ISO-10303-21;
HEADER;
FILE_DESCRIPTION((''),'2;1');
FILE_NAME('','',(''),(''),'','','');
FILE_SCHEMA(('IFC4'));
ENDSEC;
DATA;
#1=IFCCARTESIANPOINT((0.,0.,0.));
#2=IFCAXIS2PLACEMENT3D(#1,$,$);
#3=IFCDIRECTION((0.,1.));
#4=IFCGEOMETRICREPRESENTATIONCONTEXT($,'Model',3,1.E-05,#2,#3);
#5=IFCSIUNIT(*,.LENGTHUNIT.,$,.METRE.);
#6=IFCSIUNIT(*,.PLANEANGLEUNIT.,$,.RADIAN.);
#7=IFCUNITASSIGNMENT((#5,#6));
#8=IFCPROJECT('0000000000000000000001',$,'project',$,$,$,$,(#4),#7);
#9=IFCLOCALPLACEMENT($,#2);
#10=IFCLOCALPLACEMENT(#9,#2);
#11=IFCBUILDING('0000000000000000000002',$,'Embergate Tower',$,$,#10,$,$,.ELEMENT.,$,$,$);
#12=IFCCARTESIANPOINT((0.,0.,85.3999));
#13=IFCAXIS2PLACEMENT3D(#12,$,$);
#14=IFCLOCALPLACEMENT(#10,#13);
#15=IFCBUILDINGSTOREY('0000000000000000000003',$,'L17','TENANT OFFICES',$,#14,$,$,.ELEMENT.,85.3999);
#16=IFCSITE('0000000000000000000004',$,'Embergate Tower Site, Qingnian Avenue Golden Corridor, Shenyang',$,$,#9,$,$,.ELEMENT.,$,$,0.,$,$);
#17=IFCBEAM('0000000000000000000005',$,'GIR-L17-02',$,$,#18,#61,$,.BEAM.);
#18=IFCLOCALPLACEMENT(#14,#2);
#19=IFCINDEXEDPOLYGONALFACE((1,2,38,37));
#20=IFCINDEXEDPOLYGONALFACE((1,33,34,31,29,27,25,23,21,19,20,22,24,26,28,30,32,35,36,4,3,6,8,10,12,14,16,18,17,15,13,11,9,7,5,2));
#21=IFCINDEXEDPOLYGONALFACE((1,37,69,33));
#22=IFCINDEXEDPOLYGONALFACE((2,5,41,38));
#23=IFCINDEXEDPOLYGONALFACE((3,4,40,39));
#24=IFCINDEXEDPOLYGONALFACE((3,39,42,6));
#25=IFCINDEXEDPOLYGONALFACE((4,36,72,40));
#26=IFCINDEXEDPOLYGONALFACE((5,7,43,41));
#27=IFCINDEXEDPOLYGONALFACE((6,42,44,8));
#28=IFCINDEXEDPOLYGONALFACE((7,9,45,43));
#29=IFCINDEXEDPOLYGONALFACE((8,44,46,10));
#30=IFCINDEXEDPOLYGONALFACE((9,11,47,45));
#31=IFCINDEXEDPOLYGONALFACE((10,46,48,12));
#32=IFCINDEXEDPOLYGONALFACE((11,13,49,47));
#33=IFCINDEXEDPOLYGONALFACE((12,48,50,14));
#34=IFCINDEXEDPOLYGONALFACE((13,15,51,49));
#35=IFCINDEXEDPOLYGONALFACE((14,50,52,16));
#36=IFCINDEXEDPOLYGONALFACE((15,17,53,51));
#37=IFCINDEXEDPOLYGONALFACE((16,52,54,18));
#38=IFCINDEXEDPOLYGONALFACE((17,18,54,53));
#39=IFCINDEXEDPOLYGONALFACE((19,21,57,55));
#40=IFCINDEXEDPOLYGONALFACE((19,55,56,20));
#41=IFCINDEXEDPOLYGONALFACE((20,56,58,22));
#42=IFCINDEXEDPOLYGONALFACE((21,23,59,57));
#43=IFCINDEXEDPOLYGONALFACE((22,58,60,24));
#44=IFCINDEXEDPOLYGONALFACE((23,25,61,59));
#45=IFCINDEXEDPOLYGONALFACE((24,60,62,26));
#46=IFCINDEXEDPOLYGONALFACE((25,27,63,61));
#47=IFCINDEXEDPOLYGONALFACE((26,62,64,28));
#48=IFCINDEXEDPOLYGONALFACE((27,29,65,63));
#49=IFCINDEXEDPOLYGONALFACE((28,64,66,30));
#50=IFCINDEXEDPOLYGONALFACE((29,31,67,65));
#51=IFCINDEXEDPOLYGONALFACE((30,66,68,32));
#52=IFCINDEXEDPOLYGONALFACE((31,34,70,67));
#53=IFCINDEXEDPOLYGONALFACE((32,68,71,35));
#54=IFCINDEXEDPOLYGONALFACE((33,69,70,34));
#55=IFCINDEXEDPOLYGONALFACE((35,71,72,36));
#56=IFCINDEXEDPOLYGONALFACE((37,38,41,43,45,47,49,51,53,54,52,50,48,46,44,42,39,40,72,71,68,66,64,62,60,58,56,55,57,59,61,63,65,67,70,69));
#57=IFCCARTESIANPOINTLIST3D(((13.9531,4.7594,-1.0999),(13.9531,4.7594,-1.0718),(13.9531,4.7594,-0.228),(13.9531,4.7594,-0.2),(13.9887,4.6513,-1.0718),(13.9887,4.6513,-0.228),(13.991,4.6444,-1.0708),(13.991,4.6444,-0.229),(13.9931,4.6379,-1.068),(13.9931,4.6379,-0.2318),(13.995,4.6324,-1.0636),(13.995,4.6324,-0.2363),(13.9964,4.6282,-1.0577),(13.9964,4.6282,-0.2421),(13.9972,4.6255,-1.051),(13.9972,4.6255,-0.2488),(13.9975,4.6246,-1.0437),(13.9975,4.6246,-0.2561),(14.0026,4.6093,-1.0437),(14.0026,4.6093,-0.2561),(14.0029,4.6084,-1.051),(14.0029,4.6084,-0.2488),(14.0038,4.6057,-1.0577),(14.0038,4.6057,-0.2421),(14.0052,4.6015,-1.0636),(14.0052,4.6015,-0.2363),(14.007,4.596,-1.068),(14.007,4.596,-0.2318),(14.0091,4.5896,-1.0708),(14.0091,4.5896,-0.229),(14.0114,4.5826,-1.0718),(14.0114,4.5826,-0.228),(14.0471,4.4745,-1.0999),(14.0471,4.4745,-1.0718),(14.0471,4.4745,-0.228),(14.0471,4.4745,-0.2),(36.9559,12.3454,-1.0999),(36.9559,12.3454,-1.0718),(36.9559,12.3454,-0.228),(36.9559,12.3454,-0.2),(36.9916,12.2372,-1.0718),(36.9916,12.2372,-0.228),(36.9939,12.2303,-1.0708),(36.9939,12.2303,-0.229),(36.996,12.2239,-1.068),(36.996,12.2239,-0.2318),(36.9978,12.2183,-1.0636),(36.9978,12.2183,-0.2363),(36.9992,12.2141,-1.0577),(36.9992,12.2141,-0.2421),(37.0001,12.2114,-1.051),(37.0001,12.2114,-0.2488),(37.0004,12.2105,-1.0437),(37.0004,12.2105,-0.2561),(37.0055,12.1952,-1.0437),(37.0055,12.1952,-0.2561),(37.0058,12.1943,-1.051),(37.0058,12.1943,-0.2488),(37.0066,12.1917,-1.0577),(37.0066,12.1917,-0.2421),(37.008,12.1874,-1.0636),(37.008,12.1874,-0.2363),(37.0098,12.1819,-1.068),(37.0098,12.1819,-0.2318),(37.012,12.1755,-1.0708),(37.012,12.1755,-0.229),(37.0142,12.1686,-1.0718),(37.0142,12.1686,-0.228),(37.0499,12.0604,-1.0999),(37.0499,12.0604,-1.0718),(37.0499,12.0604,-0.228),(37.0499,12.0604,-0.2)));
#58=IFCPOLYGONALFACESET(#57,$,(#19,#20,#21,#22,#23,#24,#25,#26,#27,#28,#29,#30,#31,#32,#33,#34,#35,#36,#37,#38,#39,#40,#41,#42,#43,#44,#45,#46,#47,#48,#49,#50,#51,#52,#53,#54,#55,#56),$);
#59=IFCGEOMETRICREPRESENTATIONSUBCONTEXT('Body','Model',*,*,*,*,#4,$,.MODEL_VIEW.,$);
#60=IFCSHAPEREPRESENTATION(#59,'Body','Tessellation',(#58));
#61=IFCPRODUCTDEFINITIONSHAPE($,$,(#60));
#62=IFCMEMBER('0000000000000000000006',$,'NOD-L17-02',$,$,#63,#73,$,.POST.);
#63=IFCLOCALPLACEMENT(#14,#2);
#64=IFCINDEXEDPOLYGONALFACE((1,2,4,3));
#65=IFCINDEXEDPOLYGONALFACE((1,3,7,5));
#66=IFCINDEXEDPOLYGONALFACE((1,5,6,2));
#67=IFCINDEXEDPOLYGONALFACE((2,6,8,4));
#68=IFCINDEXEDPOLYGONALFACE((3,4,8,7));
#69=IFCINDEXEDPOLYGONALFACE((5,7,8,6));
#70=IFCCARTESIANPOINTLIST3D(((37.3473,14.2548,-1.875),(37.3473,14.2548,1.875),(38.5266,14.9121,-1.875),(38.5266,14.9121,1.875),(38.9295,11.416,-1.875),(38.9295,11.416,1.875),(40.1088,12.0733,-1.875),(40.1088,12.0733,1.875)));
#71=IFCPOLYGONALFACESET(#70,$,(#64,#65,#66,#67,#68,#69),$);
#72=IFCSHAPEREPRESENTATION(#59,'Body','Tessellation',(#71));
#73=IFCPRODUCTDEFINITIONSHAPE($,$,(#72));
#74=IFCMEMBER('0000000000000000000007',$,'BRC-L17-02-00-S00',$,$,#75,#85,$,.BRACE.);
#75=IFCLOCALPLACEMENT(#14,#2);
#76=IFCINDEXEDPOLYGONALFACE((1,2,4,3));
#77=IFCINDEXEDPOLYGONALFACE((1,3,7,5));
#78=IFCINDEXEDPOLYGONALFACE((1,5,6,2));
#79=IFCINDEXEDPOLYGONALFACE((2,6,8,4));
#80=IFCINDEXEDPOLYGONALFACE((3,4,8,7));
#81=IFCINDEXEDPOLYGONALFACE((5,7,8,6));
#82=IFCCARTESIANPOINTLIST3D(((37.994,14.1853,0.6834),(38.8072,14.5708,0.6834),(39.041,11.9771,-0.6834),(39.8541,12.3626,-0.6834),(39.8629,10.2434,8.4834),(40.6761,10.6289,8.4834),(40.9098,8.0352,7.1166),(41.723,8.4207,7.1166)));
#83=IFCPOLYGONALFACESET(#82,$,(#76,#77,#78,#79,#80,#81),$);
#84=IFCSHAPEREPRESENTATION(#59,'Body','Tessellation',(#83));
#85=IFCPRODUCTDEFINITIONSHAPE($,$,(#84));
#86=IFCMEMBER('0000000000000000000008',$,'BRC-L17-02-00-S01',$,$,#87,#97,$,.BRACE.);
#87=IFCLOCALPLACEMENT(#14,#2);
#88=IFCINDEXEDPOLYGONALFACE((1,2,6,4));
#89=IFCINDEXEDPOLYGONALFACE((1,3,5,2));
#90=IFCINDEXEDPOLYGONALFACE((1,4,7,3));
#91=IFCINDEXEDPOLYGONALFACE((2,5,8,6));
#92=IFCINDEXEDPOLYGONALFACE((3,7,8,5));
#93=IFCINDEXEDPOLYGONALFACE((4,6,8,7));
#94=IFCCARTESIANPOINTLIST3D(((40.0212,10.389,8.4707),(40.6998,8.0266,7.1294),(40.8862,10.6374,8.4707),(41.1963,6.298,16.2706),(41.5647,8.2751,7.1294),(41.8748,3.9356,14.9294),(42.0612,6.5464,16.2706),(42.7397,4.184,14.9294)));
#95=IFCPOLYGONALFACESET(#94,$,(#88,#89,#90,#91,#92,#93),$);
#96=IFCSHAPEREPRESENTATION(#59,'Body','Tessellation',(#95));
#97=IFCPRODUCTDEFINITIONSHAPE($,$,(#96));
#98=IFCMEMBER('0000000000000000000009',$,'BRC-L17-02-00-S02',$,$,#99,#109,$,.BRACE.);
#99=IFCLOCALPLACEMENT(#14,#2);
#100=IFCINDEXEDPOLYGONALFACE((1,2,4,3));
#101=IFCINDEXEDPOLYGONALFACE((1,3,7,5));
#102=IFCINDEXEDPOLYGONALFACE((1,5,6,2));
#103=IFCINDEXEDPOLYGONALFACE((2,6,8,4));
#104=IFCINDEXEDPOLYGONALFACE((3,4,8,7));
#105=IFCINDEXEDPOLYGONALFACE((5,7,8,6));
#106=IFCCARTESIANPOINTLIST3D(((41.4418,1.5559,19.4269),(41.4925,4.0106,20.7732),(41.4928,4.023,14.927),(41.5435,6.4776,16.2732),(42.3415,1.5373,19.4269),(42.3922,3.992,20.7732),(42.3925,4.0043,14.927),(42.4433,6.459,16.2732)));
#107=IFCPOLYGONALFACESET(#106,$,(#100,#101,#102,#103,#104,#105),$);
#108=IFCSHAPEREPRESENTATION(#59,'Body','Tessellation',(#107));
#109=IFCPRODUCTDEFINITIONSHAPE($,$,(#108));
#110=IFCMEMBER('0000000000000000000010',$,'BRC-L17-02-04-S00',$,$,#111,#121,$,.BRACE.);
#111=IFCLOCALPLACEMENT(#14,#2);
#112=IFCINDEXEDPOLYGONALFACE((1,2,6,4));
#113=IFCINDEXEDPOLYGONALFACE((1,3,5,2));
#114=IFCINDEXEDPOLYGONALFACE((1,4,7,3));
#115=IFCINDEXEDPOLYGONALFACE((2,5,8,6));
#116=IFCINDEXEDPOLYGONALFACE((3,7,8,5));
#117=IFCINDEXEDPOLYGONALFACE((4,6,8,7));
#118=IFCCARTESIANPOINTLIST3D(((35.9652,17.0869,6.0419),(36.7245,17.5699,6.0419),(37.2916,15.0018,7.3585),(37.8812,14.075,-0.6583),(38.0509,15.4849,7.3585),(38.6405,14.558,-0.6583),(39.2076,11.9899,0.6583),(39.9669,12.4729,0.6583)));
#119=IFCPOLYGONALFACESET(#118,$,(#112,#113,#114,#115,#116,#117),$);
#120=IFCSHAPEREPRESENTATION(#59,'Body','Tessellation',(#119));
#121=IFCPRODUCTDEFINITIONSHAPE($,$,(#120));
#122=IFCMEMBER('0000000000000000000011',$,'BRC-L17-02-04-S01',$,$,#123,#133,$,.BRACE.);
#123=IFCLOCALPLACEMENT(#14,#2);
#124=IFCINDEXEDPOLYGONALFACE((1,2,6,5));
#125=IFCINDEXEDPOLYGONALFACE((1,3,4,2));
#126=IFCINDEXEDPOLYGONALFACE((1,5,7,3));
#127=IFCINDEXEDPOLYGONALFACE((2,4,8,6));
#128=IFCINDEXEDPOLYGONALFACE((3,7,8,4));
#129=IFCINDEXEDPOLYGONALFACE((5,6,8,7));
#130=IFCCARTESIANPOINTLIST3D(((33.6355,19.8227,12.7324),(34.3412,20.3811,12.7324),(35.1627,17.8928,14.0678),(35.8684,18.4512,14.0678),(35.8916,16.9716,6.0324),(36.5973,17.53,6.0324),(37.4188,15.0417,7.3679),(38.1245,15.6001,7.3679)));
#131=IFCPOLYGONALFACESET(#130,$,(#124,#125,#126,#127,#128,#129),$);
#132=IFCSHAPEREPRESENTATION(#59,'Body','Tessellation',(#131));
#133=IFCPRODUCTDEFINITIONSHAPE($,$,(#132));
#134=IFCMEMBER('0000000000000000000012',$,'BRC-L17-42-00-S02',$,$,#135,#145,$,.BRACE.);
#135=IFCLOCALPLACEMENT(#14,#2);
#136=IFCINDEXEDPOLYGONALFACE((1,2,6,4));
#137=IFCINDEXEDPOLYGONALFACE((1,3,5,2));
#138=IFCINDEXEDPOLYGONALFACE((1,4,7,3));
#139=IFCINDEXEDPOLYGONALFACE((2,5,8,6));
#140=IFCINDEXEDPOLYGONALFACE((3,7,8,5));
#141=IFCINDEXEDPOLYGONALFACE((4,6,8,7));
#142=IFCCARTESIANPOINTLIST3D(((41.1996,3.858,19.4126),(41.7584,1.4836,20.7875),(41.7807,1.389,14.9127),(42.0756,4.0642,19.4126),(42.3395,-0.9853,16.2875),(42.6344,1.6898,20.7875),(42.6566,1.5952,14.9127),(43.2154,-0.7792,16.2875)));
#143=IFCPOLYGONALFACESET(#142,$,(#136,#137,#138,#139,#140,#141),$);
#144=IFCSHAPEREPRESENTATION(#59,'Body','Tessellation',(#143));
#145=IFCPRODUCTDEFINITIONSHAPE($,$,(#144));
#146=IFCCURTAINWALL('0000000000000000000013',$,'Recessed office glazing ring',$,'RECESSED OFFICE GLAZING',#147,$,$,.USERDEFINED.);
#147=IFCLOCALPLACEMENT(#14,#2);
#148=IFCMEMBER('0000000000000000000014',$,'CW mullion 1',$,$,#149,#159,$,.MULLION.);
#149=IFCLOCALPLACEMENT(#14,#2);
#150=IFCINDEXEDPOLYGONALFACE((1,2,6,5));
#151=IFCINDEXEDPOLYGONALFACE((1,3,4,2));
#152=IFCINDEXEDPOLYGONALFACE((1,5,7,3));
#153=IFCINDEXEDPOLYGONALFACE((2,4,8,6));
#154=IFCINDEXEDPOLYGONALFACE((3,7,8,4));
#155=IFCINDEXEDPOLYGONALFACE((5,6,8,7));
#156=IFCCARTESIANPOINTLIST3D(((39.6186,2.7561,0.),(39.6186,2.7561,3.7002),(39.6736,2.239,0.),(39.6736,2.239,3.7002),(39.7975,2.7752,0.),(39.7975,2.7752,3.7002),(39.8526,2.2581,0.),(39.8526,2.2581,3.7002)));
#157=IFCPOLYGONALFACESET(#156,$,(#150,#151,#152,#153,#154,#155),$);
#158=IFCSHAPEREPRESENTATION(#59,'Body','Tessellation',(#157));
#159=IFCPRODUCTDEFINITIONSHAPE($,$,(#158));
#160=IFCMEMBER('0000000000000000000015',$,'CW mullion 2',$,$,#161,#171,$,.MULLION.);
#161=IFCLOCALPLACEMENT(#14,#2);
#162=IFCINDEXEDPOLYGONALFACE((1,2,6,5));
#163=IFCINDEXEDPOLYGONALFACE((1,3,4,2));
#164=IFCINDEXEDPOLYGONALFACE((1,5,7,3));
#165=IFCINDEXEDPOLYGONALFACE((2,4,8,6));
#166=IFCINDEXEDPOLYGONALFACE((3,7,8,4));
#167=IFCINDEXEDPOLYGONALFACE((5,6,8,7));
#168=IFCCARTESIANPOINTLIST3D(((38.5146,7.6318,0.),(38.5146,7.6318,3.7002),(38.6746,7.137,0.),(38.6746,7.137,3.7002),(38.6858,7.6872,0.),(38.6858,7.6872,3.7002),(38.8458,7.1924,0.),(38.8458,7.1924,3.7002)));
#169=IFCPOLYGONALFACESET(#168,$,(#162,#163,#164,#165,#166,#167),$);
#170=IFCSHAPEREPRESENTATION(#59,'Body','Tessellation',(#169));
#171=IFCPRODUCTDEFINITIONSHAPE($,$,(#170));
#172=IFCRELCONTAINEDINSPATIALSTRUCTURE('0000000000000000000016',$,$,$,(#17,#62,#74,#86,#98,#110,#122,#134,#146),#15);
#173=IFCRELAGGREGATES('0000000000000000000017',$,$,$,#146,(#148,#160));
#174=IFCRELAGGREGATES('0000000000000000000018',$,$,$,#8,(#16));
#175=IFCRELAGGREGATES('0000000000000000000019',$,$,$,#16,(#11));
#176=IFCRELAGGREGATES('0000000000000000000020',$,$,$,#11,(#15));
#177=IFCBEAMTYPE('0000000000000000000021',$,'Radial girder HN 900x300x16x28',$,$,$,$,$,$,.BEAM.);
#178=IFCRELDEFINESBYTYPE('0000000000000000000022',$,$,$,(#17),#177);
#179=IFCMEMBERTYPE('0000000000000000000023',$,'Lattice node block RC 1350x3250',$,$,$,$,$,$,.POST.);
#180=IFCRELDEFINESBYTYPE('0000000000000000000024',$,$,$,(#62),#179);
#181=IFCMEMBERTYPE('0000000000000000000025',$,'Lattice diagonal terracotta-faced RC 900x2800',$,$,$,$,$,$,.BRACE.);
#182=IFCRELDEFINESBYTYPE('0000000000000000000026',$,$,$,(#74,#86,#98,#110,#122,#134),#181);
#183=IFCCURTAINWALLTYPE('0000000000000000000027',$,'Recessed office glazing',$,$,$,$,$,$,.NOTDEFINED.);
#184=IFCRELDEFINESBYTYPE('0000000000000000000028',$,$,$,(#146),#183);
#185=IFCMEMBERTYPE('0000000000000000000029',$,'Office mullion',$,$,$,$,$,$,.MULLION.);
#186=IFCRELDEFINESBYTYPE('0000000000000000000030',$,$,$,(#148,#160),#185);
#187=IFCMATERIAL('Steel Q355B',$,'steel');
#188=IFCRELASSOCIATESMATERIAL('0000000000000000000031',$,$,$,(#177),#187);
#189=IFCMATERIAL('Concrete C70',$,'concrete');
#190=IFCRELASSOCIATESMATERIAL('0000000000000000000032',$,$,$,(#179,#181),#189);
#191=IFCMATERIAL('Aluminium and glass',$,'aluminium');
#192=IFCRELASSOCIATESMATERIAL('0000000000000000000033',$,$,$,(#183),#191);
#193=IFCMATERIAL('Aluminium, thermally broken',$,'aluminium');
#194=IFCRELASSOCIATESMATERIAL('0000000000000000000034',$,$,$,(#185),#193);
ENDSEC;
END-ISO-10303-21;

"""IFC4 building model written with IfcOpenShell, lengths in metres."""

from ifc_helpers import new_model, si_unit, direction, frame, origin, origin_2d, place, context, subcontext, project, spatial, rectangle, i_section, extrude, source, transform, mapped, material, material_profile, profile_set, type_object, element, aggregate, save


model = new_model("IFC4")

# Units and contexts
model_context = context("Model", 3, precision=1e-05, world=origin(), true_north=direction((0.0, 1.0)))
body_context = subcontext(model_context, "Body", "Model", "MODEL_VIEW")
ifc_project = project(units=[si_unit("LENGTHUNIT", "METRE"), si_unit("PLANEANGLEUNIT", "RADIAN")], contexts=[model_context])

# Site, building, storey
site_placement = place(None, origin())
site = spatial("IfcSite", under=ifc_project, at=site_placement, Name="Embergate Tower Site, Qingnian Avenue Golden Corridor, Shenyang", CompositionType="ELEMENT", RefElevation=0.0)
building_placement = place(site_placement, origin())
building = spatial("IfcBuilding", under=site, at=building_placement, Name="Embergate Tower", CompositionType="ELEMENT")
storey_placement = place(building_placement, frame((0.0, 0.0, 85.3999)))
storey = spatial("IfcBuildingStorey", under=building, at=storey_placement, Name="L17", Description="TENANT OFFICES", CompositionType="ELEMENT", Elevation=85.3999)

# Shared definitions
ifc_material_1 = material(Name="Concrete C70", Category="concrete")

# Beam
ifc_material_2 = material(Name="Steel Q355B", Category="steel")
ifc_material_profile_1 = material_profile(ifc_material_2, i_section(OverallWidth=0.3, OverallDepth=0.8999, WebThickness=0.0161, FlangeThickness=0.0281, FilletRadius=0.0281, at=origin_2d()), Name="HN 900x300x16x28")
ifc_profile_set_1 = profile_set([ifc_material_profile_1], Name="Steel Q355 grade B")
beam_type_1 = type_object("IfcBeamType", Name="Radial girder HN 900x300x16x28", PredefinedType="BEAM", material=ifc_profile_set_1)
shared_shape_1 = source(origin(), body_context, "Body", "SweptSolid", [
    extrude(i_section(OverallWidth=0.3, OverallDepth=0.8999, WebThickness=0.0161, FlangeThickness=0.0281, FilletRadius=0.0281, at=origin_2d()), origin(), (0.0, 0.0, 1.0), 24.2214),
])
beam_1_placement = place(storey_placement, frame((37.0029, 12.2029, -0.6499), z_axis=(-0.94969, -0.31319, 0.0), x_axis=(0.31319, -0.94969, 0.0)))
element("IfcBeam", 1, at=beam_1_placement, inside=storey, type_object=beam_type_1, Name="GIR-L17-02", PredefinedType="BEAM", context=body_context, shape_type="MappedRepresentation", body=[
    mapped(shared_shape_1, transform((0.0, 0.0, 0.0))),
])

# Members
ifc_material_profile_2 = material_profile(ifc_material_1, rectangle(XDim=1.3501, YDim=3.25, at=origin_2d()), Name="RC 1350x3250")
ifc_profile_set_2 = profile_set([ifc_material_profile_2], Name="Concrete C70")
member_type_1 = type_object("IfcMemberType", Name="Lattice node block RC 1350x3250", PredefinedType="POST", material=ifc_profile_set_2)
shared_shape_2 = source(origin(), body_context, "Body", "SweptSolid", [
    extrude(rectangle(XDim=1.3501, YDim=3.25, at=origin_2d()), origin(), (0.0, 0.0, 1.0), 3.75),
])
member_1_placement = place(storey_placement, frame((38.728, 13.1641, -1.875), z_axis=(0.0, 0.0, 1.0), x_axis=(0.873492, 0.486839, 0.0)))
element("IfcMember", 2, at=member_1_placement, inside=storey, type_object=member_type_1, Name="NOD-L17-02", PredefinedType="POST", context=body_context, shape_type="MappedRepresentation", body=[
    mapped(shared_shape_2, transform((0.0, 0.0, 0.0))),
])
ifc_material_profile_3 = material_profile(ifc_material_1, rectangle(XDim=0.8999, YDim=2.8, at=origin_2d()), Name="RC 900x2800")
ifc_profile_set_3 = profile_set([ifc_material_profile_3], Name="Concrete C70")
member_type_2 = type_object("IfcMemberType", Name="Lattice diagonal terracotta-faced RC 900x2800", PredefinedType="BRACE", material=ifc_profile_set_3)
shared_shape_3 = source(origin(), body_context, "Body", "SweptSolid", [
    extrude(rectangle(XDim=0.8999, YDim=2.8, at=origin_2d()), origin(), (0.0, 0.0, 1.0), 8.937),
])
member_2_placement = place(storey_placement, frame((38.9241, 13.2739, 0.0), z_axis=(0.209116, -0.44107, 0.87277), x_axis=(0.903589, 0.428401, 0.0)))
element("IfcMember", 3, at=member_2_placement, inside=storey, type_object=member_type_2, Name="BRC-L17-02-00-S00", PredefinedType="BRACE", context=body_context, shape_type="MappedRepresentation", body=[
    mapped(shared_shape_3, transform((0.0, 0.0, 0.0))),
])
shared_shape_4 = source(origin(), body_context, "Body", "SweptSolid", [
    extrude(rectangle(XDim=0.8999, YDim=2.8, at=origin_2d()), origin(), (0.0, 0.0, 1.0), 8.8857),
])
member_3_placement = place(storey_placement, frame((40.793, 9.332, 7.8), z_axis=(0.132238, -0.460402, 0.877806), x_axis=(0.96114, 0.276062, 0.0)))
element("IfcMember", 4, at=member_3_placement, inside=storey, type_object=member_type_2, Name="BRC-L17-02-00-S01", PredefinedType="BRACE", context=body_context, shape_type="MappedRepresentation", body=[
    mapped(shared_shape_4, transform((0.0, 0.0, 0.0))),
])
shared_shape_5 = source(origin(), body_context, "Body", "SweptSolid", [
    extrude(rectangle(XDim=0.8999, YDim=2.8, at=origin_2d()), origin(), (0.0, 0.0, 1.0), 5.1321),
])
member_4_placement = place(storey_placement, frame((41.968, 5.241, 15.6001), z_axis=(-0.009942, -0.480704, 0.876827), x_axis=(0.999786, -0.020678, 0.0)))
element("IfcMember", 5, at=member_4_placement, inside=storey, type_object=member_type_2, Name="BRC-L17-02-00-S02", PredefinedType="BRACE", context=body_context, shape_type="MappedRepresentation", body=[
    mapped(shared_shape_5, transform((0.0, 0.0, 0.0))),
])
shared_shape_6 = source(origin(), body_context, "Body", "SweptSolid", [
    extrude(rectangle(XDim=0.8999, YDim=2.8, at=origin_2d()), origin(), (0.0, 0.0, 1.0), 7.5918),
])
member_5_placement = place(storey_placement, frame((38.9241, 13.2739, 0.0), z_axis=(-0.252379, 0.396738, 0.882555), x_axis=(-0.843749, -0.536738, 0.0)))
element("IfcMember", 6, at=member_5_placement, inside=storey, type_object=member_type_2, Name="BRC-L17-02-04-S00", PredefinedType="BRACE", context=body_context, shape_type="MappedRepresentation", body=[
    mapped(shared_shape_6, transform((0.0, 0.0, 0.0))),
])
shared_shape_7 = source(origin(), body_context, "Body", "SweptSolid", [
    extrude(rectangle(XDim=0.8999, YDim=2.8, at=origin_2d()), origin(), (0.0, 0.0, 1.0), 7.6228),
])
member_6_placement = place(storey_placement, frame((37.0081, 16.2859, 6.7002), z_axis=(-0.295966, 0.374016, 0.878929), x_axis=(-0.784179, -0.620534, 0.0)))
element("IfcMember", 7, at=member_6_placement, inside=storey, type_object=member_type_2, Name="BRC-L17-02-04-S01", PredefinedType="BRACE", context=body_context, shape_type="MappedRepresentation", body=[
    mapped(shared_shape_7, transform((0.0, 0.0, 0.0))),
])
shared_shape_8 = source(origin(), body_context, "Body", "SweptSolid", [
    extrude(rectangle(XDim=0.8999, YDim=2.8, at=origin_2d()), origin(), (0.0, 0.0, 1.0), 5.1655),
])
member_7_placement = place(storey_placement, frame((42.498, 0.3049, 15.6001), z_axis=(-0.112485, 0.477967, 0.871145), x_axis=(-0.973407, -0.229082, 0.0)))
element("IfcMember", 8, at=member_7_placement, inside=storey, type_object=member_type_2, Name="BRC-L17-42-00-S02", PredefinedType="BRACE", context=body_context, shape_type="MappedRepresentation", body=[
    mapped(shared_shape_8, transform((0.0, 0.0, 0.0))),
])

# Curtain wall, members
ifc_material_3 = material(Name="Aluminium and glass", Category="aluminium")
curtain_wall_type = type_object("IfcCurtainWallType", Name="Recessed office glazing", PredefinedType="NOTDEFINED", material=ifc_material_3)
curtain_wall_placement = place(storey_placement, origin())
curtain_wall = element("IfcCurtainWall", 9, at=curtain_wall_placement, inside=storey, type_object=curtain_wall_type, Name="Recessed office glazing ring", ObjectType="RECESSED OFFICE GLAZING", PredefinedType="USERDEFINED")
ifc_material_4 = material(Name="Aluminium, thermally broken", Category="aluminium")
ifc_material_profile_4 = material_profile(ifc_material_4, rectangle(XDim=0.1799, YDim=0.52, at=origin_2d()), Name="AL 520x180")
ifc_profile_set_4 = profile_set([ifc_material_profile_4], Name="Aluminium, thermally broken")
member_type_3 = type_object("IfcMemberType", Name="Office mullion", PredefinedType="MULLION", material=ifc_profile_set_4)
shared_shape_9 = source(origin(), body_context, "Body", "SweptSolid", [
    extrude(rectangle(XDim=0.1799, YDim=0.52, at=origin_2d()), origin(), (0.0, 0.0, 1.0), 3.7002),
])
member_8_placement = place(storey_placement, frame((39.7356, 2.5071, 0.0), z_axis=(0.0, 0.0, 1.0), x_axis=(-0.994385, -0.105822, 0.0)))
member_8 = element("IfcMember", 10, at=member_8_placement, type_object=member_type_3, Name="CW mullion 1", PredefinedType="MULLION", context=body_context, shape_type="MappedRepresentation", body=[
    mapped(shared_shape_9, transform((0.0, 0.0, 0.0))),
])
member_9_placement = place(storey_placement, frame((38.6802, 7.4121, 0.0), z_axis=(0.0, 0.0, 1.0), x_axis=(-0.951499, -0.307651, 0.0)))
member_9 = element("IfcMember", 11, at=member_9_placement, type_object=member_type_3, Name="CW mullion 2", PredefinedType="MULLION", context=body_context, shape_type="MappedRepresentation", body=[
    mapped(shared_shape_9, transform((0.0, 0.0, 0.0))),
])
aggregate(curtain_wall, [member_8, member_9])

save(model, "model.ifc")
